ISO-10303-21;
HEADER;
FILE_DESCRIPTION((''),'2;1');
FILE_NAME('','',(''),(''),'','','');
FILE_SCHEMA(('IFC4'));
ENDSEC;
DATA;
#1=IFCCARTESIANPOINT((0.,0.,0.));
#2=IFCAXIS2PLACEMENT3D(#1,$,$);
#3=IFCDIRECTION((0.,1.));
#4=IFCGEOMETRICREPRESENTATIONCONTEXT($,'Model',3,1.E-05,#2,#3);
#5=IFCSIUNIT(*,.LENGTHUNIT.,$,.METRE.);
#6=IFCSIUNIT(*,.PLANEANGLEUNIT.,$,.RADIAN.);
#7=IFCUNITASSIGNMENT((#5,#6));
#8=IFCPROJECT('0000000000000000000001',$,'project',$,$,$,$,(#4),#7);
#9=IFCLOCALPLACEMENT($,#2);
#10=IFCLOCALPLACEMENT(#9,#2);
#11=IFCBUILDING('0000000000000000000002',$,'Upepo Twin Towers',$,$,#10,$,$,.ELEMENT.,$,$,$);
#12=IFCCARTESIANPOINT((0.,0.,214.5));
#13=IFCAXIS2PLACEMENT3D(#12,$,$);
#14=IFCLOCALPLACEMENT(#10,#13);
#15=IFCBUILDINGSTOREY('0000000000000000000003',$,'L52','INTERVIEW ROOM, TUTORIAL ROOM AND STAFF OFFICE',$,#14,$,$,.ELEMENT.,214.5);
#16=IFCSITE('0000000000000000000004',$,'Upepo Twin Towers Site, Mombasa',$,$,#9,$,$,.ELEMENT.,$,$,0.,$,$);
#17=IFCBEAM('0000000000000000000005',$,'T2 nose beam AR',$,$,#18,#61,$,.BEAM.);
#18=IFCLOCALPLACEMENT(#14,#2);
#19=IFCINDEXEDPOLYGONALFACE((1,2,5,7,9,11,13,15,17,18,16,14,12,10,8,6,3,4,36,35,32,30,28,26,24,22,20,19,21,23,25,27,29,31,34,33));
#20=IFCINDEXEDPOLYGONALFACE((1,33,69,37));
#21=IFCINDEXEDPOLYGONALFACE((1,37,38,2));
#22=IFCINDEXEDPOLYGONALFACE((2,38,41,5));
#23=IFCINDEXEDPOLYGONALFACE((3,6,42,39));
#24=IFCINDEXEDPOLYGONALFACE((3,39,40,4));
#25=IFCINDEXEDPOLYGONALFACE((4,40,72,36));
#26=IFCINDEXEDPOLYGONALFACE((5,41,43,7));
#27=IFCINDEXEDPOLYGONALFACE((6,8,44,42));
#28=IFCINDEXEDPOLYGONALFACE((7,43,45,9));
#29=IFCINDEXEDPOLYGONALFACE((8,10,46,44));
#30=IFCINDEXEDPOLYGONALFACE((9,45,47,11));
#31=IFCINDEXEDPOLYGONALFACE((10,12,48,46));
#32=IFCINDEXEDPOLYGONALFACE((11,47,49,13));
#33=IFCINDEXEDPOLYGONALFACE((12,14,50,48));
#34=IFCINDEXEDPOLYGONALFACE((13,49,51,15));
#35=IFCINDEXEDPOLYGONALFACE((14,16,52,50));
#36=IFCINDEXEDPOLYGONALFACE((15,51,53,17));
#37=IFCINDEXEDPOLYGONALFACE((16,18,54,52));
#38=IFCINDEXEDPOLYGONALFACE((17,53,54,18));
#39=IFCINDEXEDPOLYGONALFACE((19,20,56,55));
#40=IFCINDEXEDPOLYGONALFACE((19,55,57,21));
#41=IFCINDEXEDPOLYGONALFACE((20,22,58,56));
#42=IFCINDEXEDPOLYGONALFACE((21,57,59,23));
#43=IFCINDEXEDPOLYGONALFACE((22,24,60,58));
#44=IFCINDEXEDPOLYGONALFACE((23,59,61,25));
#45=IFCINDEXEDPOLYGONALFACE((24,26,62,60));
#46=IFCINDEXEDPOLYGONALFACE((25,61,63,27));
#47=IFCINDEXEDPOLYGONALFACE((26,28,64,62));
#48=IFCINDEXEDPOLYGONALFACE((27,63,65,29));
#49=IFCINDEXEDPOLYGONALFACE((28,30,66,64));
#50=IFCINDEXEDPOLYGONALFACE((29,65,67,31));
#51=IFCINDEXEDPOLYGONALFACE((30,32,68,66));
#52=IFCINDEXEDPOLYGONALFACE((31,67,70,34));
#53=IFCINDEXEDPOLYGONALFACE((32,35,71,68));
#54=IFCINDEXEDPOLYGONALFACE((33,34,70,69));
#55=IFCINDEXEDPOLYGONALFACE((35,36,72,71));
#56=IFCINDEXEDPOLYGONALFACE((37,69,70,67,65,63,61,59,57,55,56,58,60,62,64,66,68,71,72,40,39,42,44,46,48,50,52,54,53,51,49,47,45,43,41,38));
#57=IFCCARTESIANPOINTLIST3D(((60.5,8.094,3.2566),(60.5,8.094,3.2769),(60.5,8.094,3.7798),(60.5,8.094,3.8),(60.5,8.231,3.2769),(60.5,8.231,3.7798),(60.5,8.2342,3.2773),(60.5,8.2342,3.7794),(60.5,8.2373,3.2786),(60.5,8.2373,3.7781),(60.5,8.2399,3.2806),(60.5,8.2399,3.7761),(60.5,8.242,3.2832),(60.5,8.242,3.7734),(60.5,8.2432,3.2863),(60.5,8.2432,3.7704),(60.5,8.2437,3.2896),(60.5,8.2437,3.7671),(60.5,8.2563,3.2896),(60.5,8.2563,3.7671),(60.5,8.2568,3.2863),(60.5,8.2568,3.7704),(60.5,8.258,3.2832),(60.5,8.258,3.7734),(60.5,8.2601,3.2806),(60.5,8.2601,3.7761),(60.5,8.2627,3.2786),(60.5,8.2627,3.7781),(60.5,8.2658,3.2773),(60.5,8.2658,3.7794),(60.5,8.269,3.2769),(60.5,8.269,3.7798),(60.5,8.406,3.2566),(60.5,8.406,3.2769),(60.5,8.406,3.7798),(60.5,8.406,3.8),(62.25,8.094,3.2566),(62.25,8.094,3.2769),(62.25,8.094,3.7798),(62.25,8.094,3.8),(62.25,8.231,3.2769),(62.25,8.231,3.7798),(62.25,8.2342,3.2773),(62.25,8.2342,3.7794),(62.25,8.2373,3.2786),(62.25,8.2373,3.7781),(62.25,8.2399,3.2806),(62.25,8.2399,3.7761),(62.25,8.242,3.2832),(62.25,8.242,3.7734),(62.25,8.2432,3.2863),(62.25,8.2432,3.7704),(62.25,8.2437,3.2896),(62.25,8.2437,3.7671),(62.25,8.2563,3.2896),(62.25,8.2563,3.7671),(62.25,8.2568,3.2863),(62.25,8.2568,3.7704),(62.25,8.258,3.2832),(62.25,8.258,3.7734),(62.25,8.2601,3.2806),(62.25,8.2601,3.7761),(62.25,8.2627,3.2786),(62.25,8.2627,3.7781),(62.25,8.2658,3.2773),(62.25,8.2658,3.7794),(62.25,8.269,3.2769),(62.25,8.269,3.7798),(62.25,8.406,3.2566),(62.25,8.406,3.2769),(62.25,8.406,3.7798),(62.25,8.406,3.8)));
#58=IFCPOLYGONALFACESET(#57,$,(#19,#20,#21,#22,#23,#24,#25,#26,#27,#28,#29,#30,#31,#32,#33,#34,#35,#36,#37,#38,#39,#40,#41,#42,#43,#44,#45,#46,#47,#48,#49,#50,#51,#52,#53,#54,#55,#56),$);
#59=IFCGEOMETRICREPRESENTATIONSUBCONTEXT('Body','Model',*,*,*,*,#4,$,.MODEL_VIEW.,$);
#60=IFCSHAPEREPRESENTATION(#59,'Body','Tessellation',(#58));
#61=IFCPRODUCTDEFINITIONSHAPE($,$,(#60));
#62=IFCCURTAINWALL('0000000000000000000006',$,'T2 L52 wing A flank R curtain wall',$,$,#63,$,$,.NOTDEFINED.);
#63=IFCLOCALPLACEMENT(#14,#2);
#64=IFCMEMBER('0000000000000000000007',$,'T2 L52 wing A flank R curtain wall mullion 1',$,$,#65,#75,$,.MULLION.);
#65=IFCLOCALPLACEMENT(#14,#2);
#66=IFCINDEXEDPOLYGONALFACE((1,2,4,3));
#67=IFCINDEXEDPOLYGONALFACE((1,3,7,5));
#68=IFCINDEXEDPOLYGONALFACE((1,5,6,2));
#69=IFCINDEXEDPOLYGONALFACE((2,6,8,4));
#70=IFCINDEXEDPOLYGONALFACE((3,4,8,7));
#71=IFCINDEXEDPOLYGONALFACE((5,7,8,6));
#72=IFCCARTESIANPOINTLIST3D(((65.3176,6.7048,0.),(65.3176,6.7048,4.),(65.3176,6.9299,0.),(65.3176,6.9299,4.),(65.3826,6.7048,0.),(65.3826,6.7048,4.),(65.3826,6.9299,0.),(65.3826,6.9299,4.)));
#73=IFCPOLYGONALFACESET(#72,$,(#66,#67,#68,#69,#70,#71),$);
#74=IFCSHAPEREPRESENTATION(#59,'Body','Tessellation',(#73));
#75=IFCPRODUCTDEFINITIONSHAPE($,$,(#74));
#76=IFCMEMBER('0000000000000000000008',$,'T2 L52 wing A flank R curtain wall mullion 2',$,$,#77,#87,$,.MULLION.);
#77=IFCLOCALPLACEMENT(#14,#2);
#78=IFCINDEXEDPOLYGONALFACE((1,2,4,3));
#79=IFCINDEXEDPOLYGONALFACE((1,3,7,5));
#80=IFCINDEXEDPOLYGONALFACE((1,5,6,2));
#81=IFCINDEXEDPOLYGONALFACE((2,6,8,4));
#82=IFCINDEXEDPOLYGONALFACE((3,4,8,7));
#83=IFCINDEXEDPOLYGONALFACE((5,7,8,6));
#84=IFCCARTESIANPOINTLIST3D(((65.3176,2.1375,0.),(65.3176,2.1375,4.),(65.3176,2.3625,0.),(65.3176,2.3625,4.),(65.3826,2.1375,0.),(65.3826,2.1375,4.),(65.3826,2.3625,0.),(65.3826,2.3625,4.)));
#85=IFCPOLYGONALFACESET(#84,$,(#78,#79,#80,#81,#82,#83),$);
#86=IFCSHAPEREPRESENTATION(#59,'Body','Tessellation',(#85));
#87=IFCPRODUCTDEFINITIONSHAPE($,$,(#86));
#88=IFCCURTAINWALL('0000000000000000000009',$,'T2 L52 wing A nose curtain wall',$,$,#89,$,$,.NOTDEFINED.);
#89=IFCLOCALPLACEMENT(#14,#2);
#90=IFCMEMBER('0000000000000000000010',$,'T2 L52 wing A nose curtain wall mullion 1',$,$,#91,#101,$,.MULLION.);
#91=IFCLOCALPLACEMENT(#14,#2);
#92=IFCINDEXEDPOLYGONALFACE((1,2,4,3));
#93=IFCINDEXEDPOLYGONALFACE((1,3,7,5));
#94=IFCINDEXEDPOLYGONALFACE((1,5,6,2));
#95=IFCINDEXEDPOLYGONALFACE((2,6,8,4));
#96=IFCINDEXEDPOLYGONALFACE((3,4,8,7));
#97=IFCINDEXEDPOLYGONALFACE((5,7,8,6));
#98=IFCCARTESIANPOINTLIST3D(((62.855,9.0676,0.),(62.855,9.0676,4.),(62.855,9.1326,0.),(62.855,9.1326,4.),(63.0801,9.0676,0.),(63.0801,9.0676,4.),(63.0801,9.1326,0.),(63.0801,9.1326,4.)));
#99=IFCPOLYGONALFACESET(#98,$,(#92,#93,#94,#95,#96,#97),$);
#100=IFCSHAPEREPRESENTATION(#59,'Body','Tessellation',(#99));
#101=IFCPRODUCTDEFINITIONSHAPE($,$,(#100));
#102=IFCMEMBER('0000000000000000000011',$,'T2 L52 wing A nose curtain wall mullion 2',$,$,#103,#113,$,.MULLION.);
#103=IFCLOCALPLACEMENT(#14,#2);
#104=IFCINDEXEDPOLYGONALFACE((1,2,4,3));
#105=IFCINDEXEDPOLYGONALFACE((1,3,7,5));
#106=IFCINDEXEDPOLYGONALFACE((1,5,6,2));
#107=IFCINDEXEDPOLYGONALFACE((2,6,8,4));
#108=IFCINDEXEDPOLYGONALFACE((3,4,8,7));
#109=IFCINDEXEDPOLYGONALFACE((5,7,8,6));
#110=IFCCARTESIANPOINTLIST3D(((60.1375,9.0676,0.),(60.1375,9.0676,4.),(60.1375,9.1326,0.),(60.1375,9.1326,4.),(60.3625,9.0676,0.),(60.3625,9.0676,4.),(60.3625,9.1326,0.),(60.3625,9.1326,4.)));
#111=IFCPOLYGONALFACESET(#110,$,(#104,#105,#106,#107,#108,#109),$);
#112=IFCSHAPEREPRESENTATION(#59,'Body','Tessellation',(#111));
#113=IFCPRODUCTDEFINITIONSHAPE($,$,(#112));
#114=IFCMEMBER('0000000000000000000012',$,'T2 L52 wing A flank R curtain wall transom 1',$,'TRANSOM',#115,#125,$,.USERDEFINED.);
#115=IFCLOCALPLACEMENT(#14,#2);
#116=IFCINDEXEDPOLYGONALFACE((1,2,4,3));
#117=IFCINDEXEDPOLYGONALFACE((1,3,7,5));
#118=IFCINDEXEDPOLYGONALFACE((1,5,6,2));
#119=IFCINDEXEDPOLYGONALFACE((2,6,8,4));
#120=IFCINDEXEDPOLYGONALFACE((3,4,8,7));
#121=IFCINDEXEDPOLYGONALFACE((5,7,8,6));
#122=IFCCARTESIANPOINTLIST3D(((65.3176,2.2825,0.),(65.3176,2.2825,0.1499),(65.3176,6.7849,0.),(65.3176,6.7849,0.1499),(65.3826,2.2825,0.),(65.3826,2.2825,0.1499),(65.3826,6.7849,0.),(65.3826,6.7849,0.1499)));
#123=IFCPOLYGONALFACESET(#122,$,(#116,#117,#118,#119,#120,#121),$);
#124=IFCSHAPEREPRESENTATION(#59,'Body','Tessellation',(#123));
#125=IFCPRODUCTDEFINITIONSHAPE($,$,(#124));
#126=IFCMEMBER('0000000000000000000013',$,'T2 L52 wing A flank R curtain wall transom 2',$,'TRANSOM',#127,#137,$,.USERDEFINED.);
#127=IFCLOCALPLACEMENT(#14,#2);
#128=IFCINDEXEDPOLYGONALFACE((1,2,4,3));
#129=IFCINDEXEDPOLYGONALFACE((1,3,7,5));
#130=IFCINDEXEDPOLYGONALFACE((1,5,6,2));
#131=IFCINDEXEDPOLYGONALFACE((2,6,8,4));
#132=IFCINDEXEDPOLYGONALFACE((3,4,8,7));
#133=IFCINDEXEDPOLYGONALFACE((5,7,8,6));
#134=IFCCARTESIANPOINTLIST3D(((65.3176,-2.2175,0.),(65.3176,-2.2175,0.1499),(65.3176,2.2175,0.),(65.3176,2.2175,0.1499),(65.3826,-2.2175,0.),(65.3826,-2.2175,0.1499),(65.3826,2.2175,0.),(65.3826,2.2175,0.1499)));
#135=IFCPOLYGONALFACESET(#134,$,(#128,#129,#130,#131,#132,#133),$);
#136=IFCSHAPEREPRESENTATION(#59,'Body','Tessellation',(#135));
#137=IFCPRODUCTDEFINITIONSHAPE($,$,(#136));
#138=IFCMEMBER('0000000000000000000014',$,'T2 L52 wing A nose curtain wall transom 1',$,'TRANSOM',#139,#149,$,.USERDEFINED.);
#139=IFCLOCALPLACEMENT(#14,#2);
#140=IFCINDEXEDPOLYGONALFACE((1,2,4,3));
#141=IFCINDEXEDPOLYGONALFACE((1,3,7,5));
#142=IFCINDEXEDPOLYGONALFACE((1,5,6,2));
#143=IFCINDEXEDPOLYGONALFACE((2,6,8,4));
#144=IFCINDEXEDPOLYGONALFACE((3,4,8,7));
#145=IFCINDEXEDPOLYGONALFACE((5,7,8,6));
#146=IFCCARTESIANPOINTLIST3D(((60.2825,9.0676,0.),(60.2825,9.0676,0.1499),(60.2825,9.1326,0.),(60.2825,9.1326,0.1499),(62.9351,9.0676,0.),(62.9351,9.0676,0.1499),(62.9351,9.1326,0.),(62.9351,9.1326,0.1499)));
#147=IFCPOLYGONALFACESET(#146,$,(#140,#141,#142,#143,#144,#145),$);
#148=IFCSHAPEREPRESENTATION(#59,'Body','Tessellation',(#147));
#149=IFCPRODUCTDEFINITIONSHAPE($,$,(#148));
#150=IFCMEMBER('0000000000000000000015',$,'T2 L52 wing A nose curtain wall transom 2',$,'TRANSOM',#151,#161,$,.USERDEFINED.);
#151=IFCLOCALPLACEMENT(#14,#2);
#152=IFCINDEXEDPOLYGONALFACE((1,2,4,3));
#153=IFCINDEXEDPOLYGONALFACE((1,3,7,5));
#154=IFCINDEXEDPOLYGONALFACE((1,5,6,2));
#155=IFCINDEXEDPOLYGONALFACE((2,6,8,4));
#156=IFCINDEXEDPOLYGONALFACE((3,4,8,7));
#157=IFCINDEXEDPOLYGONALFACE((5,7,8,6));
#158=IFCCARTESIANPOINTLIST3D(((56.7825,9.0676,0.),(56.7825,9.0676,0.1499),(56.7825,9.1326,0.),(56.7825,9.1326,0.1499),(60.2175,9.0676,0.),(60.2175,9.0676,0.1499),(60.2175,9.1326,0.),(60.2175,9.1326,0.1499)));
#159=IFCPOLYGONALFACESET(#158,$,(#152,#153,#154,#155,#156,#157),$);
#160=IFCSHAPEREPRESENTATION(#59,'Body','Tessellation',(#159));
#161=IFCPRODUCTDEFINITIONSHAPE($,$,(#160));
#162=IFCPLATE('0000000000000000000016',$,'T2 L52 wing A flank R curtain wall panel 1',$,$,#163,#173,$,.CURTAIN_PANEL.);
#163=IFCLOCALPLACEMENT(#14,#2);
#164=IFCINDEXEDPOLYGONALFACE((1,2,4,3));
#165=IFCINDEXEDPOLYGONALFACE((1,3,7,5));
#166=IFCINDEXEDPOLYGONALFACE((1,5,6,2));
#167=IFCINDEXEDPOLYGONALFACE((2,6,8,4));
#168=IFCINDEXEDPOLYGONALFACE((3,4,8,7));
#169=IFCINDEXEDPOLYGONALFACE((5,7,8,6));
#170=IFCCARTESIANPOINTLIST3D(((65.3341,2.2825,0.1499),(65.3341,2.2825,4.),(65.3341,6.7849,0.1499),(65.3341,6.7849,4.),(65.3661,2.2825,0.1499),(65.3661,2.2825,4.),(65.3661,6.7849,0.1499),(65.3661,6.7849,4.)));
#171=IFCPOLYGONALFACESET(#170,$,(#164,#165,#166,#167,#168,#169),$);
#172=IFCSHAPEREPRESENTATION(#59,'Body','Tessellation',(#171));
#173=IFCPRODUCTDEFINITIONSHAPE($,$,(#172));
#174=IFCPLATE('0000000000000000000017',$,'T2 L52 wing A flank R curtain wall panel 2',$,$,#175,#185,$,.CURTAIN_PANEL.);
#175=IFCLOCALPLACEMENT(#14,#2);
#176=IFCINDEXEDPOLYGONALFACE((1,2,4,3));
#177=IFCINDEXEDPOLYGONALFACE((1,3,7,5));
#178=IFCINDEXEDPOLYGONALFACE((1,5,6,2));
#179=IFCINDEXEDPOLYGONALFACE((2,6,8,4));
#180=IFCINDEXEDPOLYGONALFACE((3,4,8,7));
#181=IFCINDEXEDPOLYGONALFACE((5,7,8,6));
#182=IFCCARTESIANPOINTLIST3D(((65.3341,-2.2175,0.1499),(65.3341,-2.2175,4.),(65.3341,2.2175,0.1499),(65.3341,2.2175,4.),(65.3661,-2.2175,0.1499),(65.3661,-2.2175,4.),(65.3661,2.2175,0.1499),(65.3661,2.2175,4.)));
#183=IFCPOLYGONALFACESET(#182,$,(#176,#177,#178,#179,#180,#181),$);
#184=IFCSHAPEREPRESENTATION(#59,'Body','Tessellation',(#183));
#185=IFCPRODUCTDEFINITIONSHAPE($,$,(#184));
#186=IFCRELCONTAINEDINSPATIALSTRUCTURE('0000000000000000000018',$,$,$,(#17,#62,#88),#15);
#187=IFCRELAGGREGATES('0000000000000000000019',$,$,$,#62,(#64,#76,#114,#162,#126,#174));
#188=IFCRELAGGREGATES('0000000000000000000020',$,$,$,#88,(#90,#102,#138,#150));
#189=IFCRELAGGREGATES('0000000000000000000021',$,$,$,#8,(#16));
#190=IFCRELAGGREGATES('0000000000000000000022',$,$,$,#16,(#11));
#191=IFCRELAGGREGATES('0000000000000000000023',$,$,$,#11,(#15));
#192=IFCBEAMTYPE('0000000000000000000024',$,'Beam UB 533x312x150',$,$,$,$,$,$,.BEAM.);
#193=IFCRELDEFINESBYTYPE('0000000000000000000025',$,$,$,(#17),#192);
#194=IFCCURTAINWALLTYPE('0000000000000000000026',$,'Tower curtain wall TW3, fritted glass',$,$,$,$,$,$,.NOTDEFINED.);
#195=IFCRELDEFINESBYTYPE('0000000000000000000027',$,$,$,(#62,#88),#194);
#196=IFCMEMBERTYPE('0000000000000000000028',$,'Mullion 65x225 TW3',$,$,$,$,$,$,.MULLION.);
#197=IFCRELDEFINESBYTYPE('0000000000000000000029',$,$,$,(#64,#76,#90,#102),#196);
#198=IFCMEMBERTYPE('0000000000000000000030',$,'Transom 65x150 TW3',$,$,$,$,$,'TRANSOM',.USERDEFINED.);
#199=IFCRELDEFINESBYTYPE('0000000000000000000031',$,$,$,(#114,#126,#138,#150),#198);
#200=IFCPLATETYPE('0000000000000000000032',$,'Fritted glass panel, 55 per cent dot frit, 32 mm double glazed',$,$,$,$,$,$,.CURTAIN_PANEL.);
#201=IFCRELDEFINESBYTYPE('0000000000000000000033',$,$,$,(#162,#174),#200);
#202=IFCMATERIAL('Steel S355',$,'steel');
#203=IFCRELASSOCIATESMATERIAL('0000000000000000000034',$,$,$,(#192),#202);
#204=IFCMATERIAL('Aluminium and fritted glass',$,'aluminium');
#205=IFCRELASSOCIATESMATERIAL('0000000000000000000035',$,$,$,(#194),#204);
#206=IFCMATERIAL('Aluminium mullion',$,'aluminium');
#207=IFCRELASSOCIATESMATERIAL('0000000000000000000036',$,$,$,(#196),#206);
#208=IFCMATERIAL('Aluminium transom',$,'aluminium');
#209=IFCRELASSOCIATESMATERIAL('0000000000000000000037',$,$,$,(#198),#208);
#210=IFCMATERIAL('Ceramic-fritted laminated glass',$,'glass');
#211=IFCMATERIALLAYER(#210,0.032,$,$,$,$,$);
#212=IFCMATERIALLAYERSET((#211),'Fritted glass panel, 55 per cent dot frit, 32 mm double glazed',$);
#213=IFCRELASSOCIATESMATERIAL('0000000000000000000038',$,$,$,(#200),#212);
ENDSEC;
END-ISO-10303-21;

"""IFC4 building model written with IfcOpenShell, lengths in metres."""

from ifc_helpers import new_model, si_unit, direction, frame, origin, origin_2d, place, context, subcontext, project, spatial, rectangle, i_section, extrude, material, layer, layer_set, material_profile, profile_set, type_object, element, aggregate, save


model = new_model("IFC4")

# Units and contexts
model_context = context("Model", 3, precision=1e-05, world=origin(), true_north=direction((0.0, 1.0)))
body_context = subcontext(model_context, "Body", "Model", "MODEL_VIEW")
ifc_project = project(units=[si_unit("LENGTHUNIT", "METRE"), si_unit("PLANEANGLEUNIT", "RADIAN")], contexts=[model_context])

# Site, building, storey
site_placement = place(None, origin())
site = spatial("IfcSite", under=ifc_project, at=site_placement, Name="Upepo Twin Towers Site, Mombasa", CompositionType="ELEMENT", RefElevation=0.0)
building_placement = place(site_placement, origin())
building = spatial("IfcBuilding", under=site, at=building_placement, Name="Upepo Twin Towers", CompositionType="ELEMENT")
storey_placement = place(building_placement, frame((0.0, 0.0, 214.5)))
storey = spatial("IfcBuildingStorey", under=building, at=storey_placement, Name="L52", Description="INTERVIEW ROOM, TUTORIAL ROOM AND STAFF OFFICE", CompositionType="ELEMENT", Elevation=214.5)

# Beam
ifc_material_1 = material(Name="Steel S355", Category="steel")
ifc_material_profile_1 = material_profile(ifc_material_1, i_section(OverallWidth=0.312, OverallDepth=0.5435, WebThickness=0.0127, FlangeThickness=0.0203, FilletRadius=0.0127, at=origin_2d()), Name="UB 533x312x150")
ifc_profile_set_1 = profile_set([ifc_material_profile_1], Name="Steel S355")
beam_type_1 = type_object("IfcBeamType", Name="Beam UB 533x312x150", PredefinedType="BEAM", material=ifc_profile_set_1)
beam_1_placement = place(storey_placement, frame((62.25, 8.25, 3.5283), z_axis=(-1.0, 0.0, 0.0), x_axis=(0.0, -1.0, 0.0)))
element("IfcBeam", 1, at=beam_1_placement, inside=storey, type_object=beam_type_1, Name="T2 nose beam AR", PredefinedType="BEAM", context=body_context, shape_type="SweptSolid", body=[
    extrude(i_section(OverallWidth=0.312, OverallDepth=0.5435, WebThickness=0.0127, FlangeThickness=0.0203, FilletRadius=0.0127, at=origin_2d()), origin(), (0.0, 0.0, 1.0), 1.75),
])

# Curtain walls, members
ifc_material_2 = material(Name="Aluminium and fritted glass", Category="aluminium")
curtain_wall_type = type_object("IfcCurtainWallType", Name="Tower curtain wall TW3, fritted glass", PredefinedType="NOTDEFINED", material=ifc_material_2)
curtain_wall_1_placement = place(storey_placement, origin())
curtain_wall_1 = element("IfcCurtainWall", 2, at=curtain_wall_1_placement, inside=storey, type_object=curtain_wall_type, Name="T2 L52 wing A flank R curtain wall", PredefinedType="NOTDEFINED")
ifc_material_3 = material(Name="Aluminium mullion", Category="aluminium")
ifc_material_profile_2 = material_profile(ifc_material_3, rectangle(XDim=0.0649, YDim=0.2251, at=origin_2d()), Name="MULLION 65x225")
ifc_profile_set_2 = profile_set([ifc_material_profile_2], Name="Aluminium mullion")
member_type_1 = type_object("IfcMemberType", Name="Mullion 65x225 TW3", PredefinedType="MULLION", material=ifc_profile_set_2)
member_1_placement = place(storey_placement, frame((65.3501, 6.8174, 0.0), z_axis=(0.0, 0.0, 1.0), x_axis=(1.0, 0.0, 0.0)))
member_1 = element("IfcMember", 3, at=member_1_placement, type_object=member_type_1, Name="T2 L52 wing A flank R curtain wall mullion 1", PredefinedType="MULLION", context=body_context, shape_type="SweptSolid", body=[
    extrude(rectangle(XDim=0.0649, YDim=0.2251, at=origin_2d()), origin(), (0.0, 0.0, 1.0), 4.0),
])
member_2_placement = place(storey_placement, frame((65.3501, 2.25, 0.0), z_axis=(0.0, 0.0, 1.0), x_axis=(1.0, 0.0, 0.0)))
member_2 = element("IfcMember", 4, at=member_2_placement, type_object=member_type_1, Name="T2 L52 wing A flank R curtain wall mullion 2", PredefinedType="MULLION", context=body_context, shape_type="SweptSolid", body=[
    extrude(rectangle(XDim=0.0649, YDim=0.2251, at=origin_2d()), origin(), (0.0, 0.0, 1.0), 4.0),
])
curtain_wall_2_placement = place(storey_placement, origin())
curtain_wall_2 = element("IfcCurtainWall", 5, at=curtain_wall_2_placement, inside=storey, type_object=curtain_wall_type, Name="T2 L52 wing A nose curtain wall", PredefinedType="NOTDEFINED")
member_3_placement = place(storey_placement, frame((62.9675, 9.1001, 0.0), z_axis=(0.0, 0.0, 1.0), x_axis=(0.0, -1.0, 0.0)))
member_3 = element("IfcMember", 6, at=member_3_placement, type_object=member_type_1, Name="T2 L52 wing A nose curtain wall mullion 1", PredefinedType="MULLION", context=body_context, shape_type="SweptSolid", body=[
    extrude(rectangle(XDim=0.0649, YDim=0.2251, at=origin_2d()), origin(), (0.0, 0.0, 1.0), 4.0),
])
member_4_placement = place(storey_placement, frame((60.25, 9.1001, 0.0), z_axis=(0.0, 0.0, 1.0), x_axis=(0.0, -1.0, 0.0)))
member_4 = element("IfcMember", 7, at=member_4_placement, type_object=member_type_1, Name="T2 L52 wing A nose curtain wall mullion 2", PredefinedType="MULLION", context=body_context, shape_type="SweptSolid", body=[
    extrude(rectangle(XDim=0.0649, YDim=0.2251, at=origin_2d()), origin(), (0.0, 0.0, 1.0), 4.0),
])

# Members
ifc_material_4 = material(Name="Aluminium transom", Category="aluminium")
ifc_material_profile_3 = material_profile(ifc_material_4, rectangle(XDim=0.0649, YDim=0.1499, at=origin_2d()), Name="TRANSOM 65x150")
ifc_profile_set_3 = profile_set([ifc_material_profile_3], Name="Aluminium transom")
member_type_2 = type_object("IfcMemberType", Name="Transom 65x150 TW3", ElementType="TRANSOM", PredefinedType="USERDEFINED", material=ifc_profile_set_3)
member_5_placement = place(storey_placement, frame((65.3501, 6.7849, 0.075), z_axis=(0.0, -1.0, 0.0), x_axis=(1.0, 0.0, 0.0)))
member_5 = element("IfcMember", 8, at=member_5_placement, type_object=member_type_2, Name="T2 L52 wing A flank R curtain wall transom 1", ObjectType="TRANSOM", PredefinedType="USERDEFINED", context=body_context, shape_type="SweptSolid", body=[
    extrude(rectangle(XDim=0.0649, YDim=0.1499, at=origin_2d()), origin(), (0.0, 0.0, 1.0), 4.5024),
])
member_6_placement = place(storey_placement, frame((65.3501, 2.2175, 0.075), z_axis=(0.0, -1.0, 0.0), x_axis=(1.0, 0.0, 0.0)))
member_6 = element("IfcMember", 9, at=member_6_placement, type_object=member_type_2, Name="T2 L52 wing A flank R curtain wall transom 2", ObjectType="TRANSOM", PredefinedType="USERDEFINED", context=body_context, shape_type="SweptSolid", body=[
    extrude(rectangle(XDim=0.0649, YDim=0.1499, at=origin_2d()), origin(), (0.0, 0.0, 1.0), 4.4351),
])
member_7_placement = place(storey_placement, frame((62.9351, 9.1001, 0.075), z_axis=(-1.0, 0.0, 0.0), x_axis=(0.0, -1.0, 0.0)))
member_7 = element("IfcMember", 10, at=member_7_placement, type_object=member_type_2, Name="T2 L52 wing A nose curtain wall transom 1", ObjectType="TRANSOM", PredefinedType="USERDEFINED", context=body_context, shape_type="SweptSolid", body=[
    extrude(rectangle(XDim=0.0649, YDim=0.1499, at=origin_2d()), origin(), (0.0, 0.0, 1.0), 2.6526),
])
member_8_placement = place(storey_placement, frame((60.2175, 9.1001, 0.075), z_axis=(-1.0, 0.0, 0.0), x_axis=(0.0, -1.0, 0.0)))
member_8 = element("IfcMember", 11, at=member_8_placement, type_object=member_type_2, Name="T2 L52 wing A nose curtain wall transom 2", ObjectType="TRANSOM", PredefinedType="USERDEFINED", context=body_context, shape_type="SweptSolid", body=[
    extrude(rectangle(XDim=0.0649, YDim=0.1499, at=origin_2d()), origin(), (0.0, 0.0, 1.0), 3.4351),
])

# Plates
ifc_material_5 = material(Name="Ceramic-fritted laminated glass", Category="glass")
ifc_layer_1 = layer(ifc_material_5, 0.032)
ifc_layer_set_1 = layer_set([ifc_layer_1], Name="Fritted glass panel, 55 per cent dot frit, 32 mm double glazed")
plate_type_1 = type_object("IfcPlateType", Name="Fritted glass panel, 55 per cent dot frit, 32 mm double glazed", PredefinedType="CURTAIN_PANEL", material=ifc_layer_set_1)
plate_1_placement = place(storey_placement, frame((65.3501, 4.5337, 0.1499), z_axis=(0.0, 0.0, 1.0), x_axis=(0.0, -1.0, 0.0)))
plate_1 = element("IfcPlate", 12, at=plate_1_placement, type_object=plate_type_1, Name="T2 L52 wing A flank R curtain wall panel 1", PredefinedType="CURTAIN_PANEL", context=body_context, shape_type="SweptSolid", body=[
    extrude(rectangle(XDim=4.5024, YDim=0.032, at=origin_2d()), origin(), (0.0, 0.0, 1.0), 3.8501),
])
plate_2_placement = place(storey_placement, frame((65.3501, 0.0, 0.1499), z_axis=(0.0, 0.0, 1.0), x_axis=(0.0, -1.0, 0.0)))
plate_2 = element("IfcPlate", 13, at=plate_2_placement, type_object=plate_type_1, Name="T2 L52 wing A flank R curtain wall panel 2", PredefinedType="CURTAIN_PANEL", context=body_context, shape_type="SweptSolid", body=[
    extrude(rectangle(XDim=4.4351, YDim=0.032, at=origin_2d()), origin(), (0.0, 0.0, 1.0), 3.8501),
])
aggregate(curtain_wall_1, [member_1, member_2, member_5, plate_1, member_6, plate_2])
aggregate(curtain_wall_2, [member_3, member_4, member_7, member_8])

save(model, "model.ifc")
